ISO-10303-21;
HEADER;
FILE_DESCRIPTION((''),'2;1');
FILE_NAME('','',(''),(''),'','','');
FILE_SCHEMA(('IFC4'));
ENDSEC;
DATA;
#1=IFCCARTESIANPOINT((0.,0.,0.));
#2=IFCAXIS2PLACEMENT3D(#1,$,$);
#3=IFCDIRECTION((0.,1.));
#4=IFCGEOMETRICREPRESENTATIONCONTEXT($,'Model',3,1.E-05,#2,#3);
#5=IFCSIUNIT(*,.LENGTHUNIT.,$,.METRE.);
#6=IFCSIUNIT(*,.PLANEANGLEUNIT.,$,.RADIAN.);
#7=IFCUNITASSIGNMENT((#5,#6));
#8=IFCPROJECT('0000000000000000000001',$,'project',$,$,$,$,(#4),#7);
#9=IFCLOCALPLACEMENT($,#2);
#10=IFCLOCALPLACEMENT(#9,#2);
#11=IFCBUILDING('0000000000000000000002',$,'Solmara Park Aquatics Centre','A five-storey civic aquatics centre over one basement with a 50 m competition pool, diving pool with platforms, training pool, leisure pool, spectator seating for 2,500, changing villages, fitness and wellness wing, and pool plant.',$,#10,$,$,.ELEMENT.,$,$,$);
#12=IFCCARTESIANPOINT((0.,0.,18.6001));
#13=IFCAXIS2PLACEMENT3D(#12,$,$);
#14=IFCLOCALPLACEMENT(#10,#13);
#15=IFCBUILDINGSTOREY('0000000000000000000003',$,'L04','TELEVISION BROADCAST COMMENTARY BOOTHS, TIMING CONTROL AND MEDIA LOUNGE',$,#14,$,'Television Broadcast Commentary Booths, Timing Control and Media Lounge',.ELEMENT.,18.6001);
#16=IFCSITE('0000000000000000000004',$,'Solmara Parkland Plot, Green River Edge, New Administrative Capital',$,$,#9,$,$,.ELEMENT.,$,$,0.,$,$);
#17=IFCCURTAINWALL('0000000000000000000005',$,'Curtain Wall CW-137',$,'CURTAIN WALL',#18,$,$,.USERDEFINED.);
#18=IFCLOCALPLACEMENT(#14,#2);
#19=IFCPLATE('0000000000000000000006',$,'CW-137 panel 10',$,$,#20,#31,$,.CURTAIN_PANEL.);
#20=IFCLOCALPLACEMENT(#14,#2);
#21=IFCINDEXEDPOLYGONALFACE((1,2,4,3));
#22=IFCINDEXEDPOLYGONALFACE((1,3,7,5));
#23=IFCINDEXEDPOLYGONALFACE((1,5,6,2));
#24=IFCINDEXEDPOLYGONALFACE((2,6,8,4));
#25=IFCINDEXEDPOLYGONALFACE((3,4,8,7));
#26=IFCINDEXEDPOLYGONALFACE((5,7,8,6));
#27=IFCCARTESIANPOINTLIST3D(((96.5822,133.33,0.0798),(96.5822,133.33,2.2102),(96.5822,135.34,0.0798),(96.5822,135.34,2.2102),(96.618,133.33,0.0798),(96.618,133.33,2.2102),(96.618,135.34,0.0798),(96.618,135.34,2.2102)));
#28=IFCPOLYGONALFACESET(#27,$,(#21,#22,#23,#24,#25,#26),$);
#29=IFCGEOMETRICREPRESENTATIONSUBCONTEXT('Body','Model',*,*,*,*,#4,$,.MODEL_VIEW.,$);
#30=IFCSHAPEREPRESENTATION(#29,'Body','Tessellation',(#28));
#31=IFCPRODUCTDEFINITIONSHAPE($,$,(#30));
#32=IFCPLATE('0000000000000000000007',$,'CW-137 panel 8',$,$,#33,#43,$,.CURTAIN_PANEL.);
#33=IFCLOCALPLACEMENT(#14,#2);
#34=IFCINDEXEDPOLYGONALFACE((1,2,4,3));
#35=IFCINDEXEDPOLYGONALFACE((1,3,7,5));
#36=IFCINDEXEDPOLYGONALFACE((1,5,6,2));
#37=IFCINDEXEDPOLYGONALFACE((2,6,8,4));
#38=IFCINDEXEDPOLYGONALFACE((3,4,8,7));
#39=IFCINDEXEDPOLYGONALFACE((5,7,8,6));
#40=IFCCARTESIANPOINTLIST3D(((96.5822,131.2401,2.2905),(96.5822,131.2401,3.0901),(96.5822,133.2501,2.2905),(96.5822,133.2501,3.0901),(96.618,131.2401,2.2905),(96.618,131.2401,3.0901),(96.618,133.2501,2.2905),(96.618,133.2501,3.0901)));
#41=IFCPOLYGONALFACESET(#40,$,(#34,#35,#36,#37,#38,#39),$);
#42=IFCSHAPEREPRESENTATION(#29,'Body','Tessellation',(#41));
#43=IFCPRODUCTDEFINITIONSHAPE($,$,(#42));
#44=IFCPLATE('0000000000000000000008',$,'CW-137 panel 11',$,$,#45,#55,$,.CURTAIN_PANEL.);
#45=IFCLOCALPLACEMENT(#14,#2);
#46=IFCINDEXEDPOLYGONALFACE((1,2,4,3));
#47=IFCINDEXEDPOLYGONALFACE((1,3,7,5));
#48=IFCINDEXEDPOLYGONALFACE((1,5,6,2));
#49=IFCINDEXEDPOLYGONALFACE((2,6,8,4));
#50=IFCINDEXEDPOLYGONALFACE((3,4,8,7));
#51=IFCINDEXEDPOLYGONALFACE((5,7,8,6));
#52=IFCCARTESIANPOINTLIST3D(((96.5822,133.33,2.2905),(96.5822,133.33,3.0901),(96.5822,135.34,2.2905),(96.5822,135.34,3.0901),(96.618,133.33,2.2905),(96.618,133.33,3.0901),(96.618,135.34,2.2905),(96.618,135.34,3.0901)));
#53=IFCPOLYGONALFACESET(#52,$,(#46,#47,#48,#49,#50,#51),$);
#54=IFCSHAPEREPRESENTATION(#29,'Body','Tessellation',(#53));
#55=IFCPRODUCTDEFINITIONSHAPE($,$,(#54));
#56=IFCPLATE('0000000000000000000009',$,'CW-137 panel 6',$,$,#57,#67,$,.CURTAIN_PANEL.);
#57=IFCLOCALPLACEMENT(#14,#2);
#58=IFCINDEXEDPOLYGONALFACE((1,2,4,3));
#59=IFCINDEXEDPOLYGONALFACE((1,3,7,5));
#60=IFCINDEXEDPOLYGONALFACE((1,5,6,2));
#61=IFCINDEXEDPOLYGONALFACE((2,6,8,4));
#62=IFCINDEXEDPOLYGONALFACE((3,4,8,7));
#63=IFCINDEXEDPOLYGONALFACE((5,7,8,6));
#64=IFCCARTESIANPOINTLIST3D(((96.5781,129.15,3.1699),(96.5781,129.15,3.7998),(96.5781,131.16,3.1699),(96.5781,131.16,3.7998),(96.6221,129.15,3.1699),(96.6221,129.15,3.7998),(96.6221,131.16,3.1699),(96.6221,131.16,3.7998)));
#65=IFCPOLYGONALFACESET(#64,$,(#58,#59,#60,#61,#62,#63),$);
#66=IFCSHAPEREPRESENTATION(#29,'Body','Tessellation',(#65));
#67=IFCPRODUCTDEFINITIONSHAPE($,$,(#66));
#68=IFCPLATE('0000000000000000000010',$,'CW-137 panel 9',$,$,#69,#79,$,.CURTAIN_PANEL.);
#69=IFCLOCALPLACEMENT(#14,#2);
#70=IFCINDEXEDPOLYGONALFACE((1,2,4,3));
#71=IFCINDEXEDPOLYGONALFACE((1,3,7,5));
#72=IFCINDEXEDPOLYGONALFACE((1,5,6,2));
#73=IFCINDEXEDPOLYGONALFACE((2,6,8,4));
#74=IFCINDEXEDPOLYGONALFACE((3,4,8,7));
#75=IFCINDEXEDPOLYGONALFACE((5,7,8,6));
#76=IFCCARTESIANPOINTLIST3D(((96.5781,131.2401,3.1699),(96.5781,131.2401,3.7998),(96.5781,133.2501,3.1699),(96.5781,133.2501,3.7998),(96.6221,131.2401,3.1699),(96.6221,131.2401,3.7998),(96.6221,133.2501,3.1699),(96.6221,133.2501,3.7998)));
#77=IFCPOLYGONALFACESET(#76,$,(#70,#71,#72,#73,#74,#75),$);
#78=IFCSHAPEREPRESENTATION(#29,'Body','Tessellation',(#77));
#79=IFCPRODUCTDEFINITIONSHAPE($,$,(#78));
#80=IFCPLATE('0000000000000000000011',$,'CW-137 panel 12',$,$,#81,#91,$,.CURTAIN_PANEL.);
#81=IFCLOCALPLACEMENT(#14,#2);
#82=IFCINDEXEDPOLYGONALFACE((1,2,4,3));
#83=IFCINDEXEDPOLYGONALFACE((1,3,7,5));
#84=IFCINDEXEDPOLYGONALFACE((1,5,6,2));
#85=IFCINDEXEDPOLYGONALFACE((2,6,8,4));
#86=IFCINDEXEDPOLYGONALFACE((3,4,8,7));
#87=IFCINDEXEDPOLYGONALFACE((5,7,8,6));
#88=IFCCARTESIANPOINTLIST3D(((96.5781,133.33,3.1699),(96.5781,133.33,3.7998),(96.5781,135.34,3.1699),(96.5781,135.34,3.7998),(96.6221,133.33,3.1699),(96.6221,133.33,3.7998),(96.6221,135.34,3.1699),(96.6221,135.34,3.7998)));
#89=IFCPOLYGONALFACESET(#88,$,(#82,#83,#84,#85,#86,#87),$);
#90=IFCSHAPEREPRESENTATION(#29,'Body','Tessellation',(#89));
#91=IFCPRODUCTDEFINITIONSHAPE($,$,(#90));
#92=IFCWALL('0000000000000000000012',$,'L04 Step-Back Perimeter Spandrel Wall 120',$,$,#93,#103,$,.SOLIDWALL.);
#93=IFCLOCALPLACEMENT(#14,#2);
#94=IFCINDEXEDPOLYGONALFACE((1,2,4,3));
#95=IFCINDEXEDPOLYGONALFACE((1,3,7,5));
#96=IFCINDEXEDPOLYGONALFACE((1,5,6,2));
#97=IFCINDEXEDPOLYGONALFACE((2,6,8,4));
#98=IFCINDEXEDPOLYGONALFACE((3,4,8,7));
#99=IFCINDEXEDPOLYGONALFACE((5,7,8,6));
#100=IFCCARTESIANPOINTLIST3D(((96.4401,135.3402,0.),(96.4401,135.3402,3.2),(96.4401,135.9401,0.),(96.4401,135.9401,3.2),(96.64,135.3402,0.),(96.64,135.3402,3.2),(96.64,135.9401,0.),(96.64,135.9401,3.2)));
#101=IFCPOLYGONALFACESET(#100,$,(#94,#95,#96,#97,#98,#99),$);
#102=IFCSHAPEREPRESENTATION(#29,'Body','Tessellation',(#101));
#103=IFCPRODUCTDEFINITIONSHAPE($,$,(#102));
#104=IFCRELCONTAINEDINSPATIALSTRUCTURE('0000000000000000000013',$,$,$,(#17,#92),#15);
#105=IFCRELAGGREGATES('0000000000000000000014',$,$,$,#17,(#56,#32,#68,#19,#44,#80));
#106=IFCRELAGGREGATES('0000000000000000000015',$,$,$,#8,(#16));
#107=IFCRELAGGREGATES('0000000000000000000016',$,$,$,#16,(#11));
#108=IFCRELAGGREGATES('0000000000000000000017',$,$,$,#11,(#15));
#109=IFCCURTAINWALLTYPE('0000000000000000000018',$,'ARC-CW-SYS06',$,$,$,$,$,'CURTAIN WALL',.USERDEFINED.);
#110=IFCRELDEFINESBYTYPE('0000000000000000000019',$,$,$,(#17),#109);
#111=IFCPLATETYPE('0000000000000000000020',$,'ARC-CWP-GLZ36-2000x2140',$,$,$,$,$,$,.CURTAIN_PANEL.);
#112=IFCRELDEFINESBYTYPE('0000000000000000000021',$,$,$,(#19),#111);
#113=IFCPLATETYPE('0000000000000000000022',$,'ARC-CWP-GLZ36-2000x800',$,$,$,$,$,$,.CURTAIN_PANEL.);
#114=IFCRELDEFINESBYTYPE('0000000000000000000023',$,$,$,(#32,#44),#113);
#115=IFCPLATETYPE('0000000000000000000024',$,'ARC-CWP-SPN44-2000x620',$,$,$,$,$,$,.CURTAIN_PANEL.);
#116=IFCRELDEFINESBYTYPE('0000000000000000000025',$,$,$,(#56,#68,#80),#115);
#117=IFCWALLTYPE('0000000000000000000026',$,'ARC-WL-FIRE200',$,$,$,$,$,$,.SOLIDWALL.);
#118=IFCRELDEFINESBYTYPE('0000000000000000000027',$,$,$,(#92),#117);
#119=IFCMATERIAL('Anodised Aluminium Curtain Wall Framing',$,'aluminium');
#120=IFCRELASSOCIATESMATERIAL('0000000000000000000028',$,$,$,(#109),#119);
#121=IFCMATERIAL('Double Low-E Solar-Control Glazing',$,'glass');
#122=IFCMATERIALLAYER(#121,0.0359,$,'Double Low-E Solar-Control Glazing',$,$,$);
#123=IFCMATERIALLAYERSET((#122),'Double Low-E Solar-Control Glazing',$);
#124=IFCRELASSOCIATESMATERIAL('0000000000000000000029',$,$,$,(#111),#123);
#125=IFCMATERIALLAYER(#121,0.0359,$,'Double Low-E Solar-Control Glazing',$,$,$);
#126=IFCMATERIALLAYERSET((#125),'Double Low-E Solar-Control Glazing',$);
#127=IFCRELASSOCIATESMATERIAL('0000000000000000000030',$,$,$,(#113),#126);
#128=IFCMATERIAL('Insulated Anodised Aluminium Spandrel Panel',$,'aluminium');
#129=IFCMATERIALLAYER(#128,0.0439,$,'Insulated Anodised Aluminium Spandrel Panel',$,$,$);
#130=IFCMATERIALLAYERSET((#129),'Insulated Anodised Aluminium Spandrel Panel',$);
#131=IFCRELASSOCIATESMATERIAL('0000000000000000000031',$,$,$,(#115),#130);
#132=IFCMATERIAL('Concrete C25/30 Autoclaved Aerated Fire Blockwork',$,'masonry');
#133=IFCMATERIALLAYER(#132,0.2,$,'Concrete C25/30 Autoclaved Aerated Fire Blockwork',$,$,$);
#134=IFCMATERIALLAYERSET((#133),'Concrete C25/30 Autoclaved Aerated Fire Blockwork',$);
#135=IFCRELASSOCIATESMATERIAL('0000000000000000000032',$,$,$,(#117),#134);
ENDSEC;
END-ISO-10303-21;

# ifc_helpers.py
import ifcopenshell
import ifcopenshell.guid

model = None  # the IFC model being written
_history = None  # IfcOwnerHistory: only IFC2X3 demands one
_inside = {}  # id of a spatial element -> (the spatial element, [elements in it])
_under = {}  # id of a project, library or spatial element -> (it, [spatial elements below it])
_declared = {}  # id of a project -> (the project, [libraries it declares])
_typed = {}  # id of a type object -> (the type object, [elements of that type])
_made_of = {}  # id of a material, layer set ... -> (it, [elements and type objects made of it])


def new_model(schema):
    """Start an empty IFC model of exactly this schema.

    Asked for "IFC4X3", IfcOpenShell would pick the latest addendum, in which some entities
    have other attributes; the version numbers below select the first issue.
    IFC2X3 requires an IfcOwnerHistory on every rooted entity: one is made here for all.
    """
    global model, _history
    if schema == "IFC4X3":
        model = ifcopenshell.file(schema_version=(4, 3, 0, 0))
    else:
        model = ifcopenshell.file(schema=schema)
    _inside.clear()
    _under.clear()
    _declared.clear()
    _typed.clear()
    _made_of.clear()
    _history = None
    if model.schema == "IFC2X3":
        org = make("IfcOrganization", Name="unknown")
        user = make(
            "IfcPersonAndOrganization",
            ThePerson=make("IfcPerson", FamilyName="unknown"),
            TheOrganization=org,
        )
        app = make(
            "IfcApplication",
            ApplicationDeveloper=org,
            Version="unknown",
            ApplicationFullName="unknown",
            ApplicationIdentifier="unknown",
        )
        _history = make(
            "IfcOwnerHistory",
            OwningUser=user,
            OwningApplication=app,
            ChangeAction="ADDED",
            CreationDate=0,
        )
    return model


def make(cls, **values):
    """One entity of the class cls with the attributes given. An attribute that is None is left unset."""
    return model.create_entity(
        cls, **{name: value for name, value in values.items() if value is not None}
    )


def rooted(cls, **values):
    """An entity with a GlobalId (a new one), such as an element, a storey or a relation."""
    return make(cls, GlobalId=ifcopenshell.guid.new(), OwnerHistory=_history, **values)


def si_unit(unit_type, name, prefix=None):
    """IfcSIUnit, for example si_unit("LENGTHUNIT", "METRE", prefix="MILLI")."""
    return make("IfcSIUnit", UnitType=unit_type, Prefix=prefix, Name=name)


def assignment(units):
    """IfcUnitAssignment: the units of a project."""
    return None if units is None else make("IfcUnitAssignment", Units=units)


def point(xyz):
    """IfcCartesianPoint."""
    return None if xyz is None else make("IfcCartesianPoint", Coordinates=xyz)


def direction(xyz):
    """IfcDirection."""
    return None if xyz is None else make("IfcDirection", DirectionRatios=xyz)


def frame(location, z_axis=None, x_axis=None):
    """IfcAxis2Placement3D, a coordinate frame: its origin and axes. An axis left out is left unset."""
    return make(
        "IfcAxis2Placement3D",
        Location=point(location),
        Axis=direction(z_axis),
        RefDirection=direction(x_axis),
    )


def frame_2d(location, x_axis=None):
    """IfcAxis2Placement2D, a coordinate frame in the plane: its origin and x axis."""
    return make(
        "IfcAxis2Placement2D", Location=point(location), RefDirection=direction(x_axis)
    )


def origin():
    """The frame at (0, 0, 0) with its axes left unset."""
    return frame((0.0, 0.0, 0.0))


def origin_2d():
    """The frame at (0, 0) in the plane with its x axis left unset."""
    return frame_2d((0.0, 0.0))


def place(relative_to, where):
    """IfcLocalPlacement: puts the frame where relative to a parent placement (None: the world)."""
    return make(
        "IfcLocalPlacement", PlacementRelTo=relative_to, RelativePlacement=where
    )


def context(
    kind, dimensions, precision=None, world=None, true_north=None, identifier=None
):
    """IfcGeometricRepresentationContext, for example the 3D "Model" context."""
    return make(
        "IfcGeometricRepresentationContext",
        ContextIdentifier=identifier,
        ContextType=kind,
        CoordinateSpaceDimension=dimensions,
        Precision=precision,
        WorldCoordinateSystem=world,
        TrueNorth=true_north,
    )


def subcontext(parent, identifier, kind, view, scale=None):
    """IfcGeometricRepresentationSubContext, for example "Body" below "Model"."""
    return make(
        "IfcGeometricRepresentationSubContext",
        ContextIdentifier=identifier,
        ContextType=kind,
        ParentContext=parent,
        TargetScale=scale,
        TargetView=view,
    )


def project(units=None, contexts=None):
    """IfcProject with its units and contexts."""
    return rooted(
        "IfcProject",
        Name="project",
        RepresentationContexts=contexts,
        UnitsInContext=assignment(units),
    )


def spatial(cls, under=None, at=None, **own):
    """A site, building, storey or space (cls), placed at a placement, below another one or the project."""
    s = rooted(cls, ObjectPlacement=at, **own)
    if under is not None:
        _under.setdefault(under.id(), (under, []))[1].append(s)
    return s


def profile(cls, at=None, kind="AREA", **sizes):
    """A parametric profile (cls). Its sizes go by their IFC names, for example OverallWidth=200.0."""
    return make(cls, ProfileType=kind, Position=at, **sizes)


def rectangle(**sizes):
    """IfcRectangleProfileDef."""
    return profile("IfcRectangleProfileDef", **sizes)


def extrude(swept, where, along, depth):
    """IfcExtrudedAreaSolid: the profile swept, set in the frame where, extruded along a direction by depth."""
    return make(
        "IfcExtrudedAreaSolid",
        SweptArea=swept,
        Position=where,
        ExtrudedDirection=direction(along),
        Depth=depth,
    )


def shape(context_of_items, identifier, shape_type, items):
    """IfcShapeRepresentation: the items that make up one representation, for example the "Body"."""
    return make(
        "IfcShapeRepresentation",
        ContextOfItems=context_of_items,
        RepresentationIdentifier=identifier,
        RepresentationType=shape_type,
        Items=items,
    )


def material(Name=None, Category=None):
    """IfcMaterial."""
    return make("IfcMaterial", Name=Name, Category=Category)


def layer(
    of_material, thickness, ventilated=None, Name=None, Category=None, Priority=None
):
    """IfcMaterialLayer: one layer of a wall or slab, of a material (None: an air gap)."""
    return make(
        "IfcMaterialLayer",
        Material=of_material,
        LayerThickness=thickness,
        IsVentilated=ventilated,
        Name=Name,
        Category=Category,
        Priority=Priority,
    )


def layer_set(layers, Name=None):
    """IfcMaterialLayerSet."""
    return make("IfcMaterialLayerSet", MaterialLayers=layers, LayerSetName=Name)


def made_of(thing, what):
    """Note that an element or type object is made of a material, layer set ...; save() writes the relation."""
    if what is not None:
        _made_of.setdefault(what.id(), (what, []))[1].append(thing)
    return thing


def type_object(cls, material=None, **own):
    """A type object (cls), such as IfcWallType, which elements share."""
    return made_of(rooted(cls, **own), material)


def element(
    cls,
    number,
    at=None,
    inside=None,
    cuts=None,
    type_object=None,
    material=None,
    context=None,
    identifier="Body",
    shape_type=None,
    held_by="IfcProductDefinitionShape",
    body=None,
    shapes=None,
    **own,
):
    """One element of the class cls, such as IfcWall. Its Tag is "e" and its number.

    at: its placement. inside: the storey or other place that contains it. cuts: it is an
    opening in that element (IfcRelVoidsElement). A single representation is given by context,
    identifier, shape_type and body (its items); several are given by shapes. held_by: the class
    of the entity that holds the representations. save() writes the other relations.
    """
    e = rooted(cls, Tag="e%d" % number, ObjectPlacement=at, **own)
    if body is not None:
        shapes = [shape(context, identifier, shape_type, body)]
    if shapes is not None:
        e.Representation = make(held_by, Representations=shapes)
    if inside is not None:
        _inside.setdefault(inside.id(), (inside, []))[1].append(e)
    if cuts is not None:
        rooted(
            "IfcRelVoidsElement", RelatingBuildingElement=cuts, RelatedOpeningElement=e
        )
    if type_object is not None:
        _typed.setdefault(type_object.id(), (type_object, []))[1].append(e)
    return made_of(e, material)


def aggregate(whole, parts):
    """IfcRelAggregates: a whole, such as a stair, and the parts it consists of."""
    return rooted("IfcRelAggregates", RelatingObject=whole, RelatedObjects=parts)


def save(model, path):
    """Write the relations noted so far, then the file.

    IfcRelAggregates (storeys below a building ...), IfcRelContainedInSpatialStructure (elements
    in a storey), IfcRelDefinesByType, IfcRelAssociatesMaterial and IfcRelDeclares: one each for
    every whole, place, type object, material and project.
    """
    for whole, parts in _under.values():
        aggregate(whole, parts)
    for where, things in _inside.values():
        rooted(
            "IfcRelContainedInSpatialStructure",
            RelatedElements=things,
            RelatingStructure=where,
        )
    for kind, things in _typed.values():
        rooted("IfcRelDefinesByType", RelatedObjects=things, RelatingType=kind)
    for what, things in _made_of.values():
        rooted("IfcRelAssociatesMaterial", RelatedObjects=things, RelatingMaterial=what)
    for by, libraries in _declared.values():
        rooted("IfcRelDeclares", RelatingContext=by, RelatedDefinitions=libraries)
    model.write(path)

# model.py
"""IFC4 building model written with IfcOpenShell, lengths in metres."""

from ifc_helpers import new_model, si_unit, direction, frame, frame_2d, origin, origin_2d, place, context, subcontext, project, spatial, rectangle, extrude, material, layer, layer_set, type_object, element, aggregate, save


model = new_model("IFC4")

# Units and contexts
model_context = context("Model", 3, precision=1e-05, world=origin(), true_north=direction((0.0, 1.0)))
body_context = subcontext(model_context, "Body", "Model", "MODEL_VIEW")
ifc_project = project(units=[si_unit("LENGTHUNIT", "METRE"), si_unit("PLANEANGLEUNIT", "RADIAN")], contexts=[model_context])

# Site, building, storey
site_placement = place(None, origin())
site = spatial("IfcSite", under=ifc_project, at=site_placement, Name="Solmara Parkland Plot, Green River Edge, New Administrative Capital", CompositionType="ELEMENT", RefElevation=0.0)
building_placement = place(site_placement, origin())
building = spatial("IfcBuilding", under=site, at=building_placement, Name="Solmara Park Aquatics Centre", Description="A five-storey civic aquatics centre over one basement with a 50 m competition pool, diving pool with platforms, training pool, leisure pool, spectator seating for 2,500, changing villages, fitness and wellness wing, and pool plant.", CompositionType="ELEMENT")
storey_placement = place(building_placement, frame((0.0, 0.0, 18.6001)))
storey = spatial("IfcBuildingStorey", under=building, at=storey_placement, Name="L04", Description="TELEVISION BROADCAST COMMENTARY BOOTHS, TIMING CONTROL AND MEDIA LOUNGE", LongName="Television Broadcast Commentary Booths, Timing Control and Media Lounge", CompositionType="ELEMENT", Elevation=18.6001)

# Shared definitions
ifc_material_1 = material(Name="Anodised Aluminium Curtain Wall Framing", Category="aluminium")

# Curtain wall, plates
curtain_wall_type_1 = type_object("IfcCurtainWallType", Name="ARC-CW-SYS06", ElementType="CURTAIN WALL", PredefinedType="USERDEFINED", material=ifc_material_1)
curtain_wall_1_placement = place(storey_placement, origin())
curtain_wall_1 = element("IfcCurtainWall", 1, at=curtain_wall_1_placement, inside=storey, type_object=curtain_wall_type_1, Name="Curtain Wall CW-137", ObjectType="CURTAIN WALL", PredefinedType="USERDEFINED")
ifc_material_2 = material(Name="Double Low-E Solar-Control Glazing", Category="glass")
ifc_layer_1 = layer(ifc_material_2, 0.0359, Name="Double Low-E Solar-Control Glazing")
ifc_layer_set_1 = layer_set([ifc_layer_1], Name="Double Low-E Solar-Control Glazing")
plate_type_1 = type_object("IfcPlateType", Name="ARC-CWP-GLZ36-2000x2140", PredefinedType="CURTAIN_PANEL", material=ifc_layer_set_1)
plate_1_placement = place(storey_placement, frame((96.6001, 134.335, 0.0798), z_axis=(0.0, 0.0, 1.0), x_axis=(0.0, 1.0, 0.0)))
plate_1 = element("IfcPlate", 2, at=plate_1_placement, type_object=plate_type_1, Name="CW-137 panel 10", PredefinedType="CURTAIN_PANEL", context=body_context, shape_type="SweptSolid", body=[
    extrude(rectangle(XDim=2.01, YDim=0.0359, at=origin_2d()), origin(), (0.0, 0.0, 1.0), 2.1304),
])
ifc_layer_2 = layer(ifc_material_2, 0.0359, Name="Double Low-E Solar-Control Glazing")
ifc_layer_set_2 = layer_set([ifc_layer_2], Name="Double Low-E Solar-Control Glazing")
plate_type_2 = type_object("IfcPlateType", Name="ARC-CWP-GLZ36-2000x800", PredefinedType="CURTAIN_PANEL", material=ifc_layer_set_2)
plate_2_placement = place(storey_placement, frame((96.6001, 132.2451, 2.2905), z_axis=(0.0, 0.0, 1.0), x_axis=(0.0, 1.0, 0.0)))
plate_2 = element("IfcPlate", 3, at=plate_2_placement, type_object=plate_type_2, Name="CW-137 panel 8", PredefinedType="CURTAIN_PANEL", context=body_context, shape_type="SweptSolid", body=[
    extrude(rectangle(XDim=2.01, YDim=0.0359, at=origin_2d()), origin(), (0.0, 0.0, 1.0), 0.7996),
])
plate_3_placement = place(storey_placement, frame((96.6001, 134.335, 2.2905), z_axis=(0.0, 0.0, 1.0), x_axis=(0.0, 1.0, 0.0)))
plate_3 = element("IfcPlate", 4, at=plate_3_placement, type_object=plate_type_2, Name="CW-137 panel 11", PredefinedType="CURTAIN_PANEL", context=body_context, shape_type="SweptSolid", body=[
    extrude(rectangle(XDim=2.01, YDim=0.0359, at=origin_2d()), origin(), (0.0, 0.0, 1.0), 0.7996),
])
ifc_material_3 = material(Name="Insulated Anodised Aluminium Spandrel Panel", Category="aluminium")
ifc_layer_3 = layer(ifc_material_3, 0.0439, Name="Insulated Anodised Aluminium Spandrel Panel")
ifc_layer_set_3 = layer_set([ifc_layer_3], Name="Insulated Anodised Aluminium Spandrel Panel")
plate_type_3 = type_object("IfcPlateType", Name="ARC-CWP-SPN44-2000x620", PredefinedType="CURTAIN_PANEL", material=ifc_layer_set_3)
plate_4_placement = place(storey_placement, frame((96.6001, 130.155, 3.1699), z_axis=(0.0, 0.0, 1.0), x_axis=(0.0, 1.0, 0.0)))
plate_4 = element("IfcPlate", 5, at=plate_4_placement, type_object=plate_type_3, Name="CW-137 panel 6", PredefinedType="CURTAIN_PANEL", context=body_context, shape_type="SweptSolid", body=[
    extrude(rectangle(XDim=2.01, YDim=0.0439, at=origin_2d()), origin(), (0.0, 0.0, 1.0), 0.6299),
])
plate_5_placement = place(storey_placement, frame((96.6001, 132.2451, 3.1699), z_axis=(0.0, 0.0, 1.0), x_axis=(0.0, 1.0, 0.0)))
plate_5 = element("IfcPlate", 6, at=plate_5_placement, type_object=plate_type_3, Name="CW-137 panel 9", PredefinedType="CURTAIN_PANEL", context=body_context, shape_type="SweptSolid", body=[
    extrude(rectangle(XDim=2.01, YDim=0.0439, at=origin_2d()), origin(), (0.0, 0.0, 1.0), 0.6299),
])
plate_6_placement = place(storey_placement, frame((96.6001, 134.335, 3.1699), z_axis=(0.0, 0.0, 1.0), x_axis=(0.0, 1.0, 0.0)))
plate_6 = element("IfcPlate", 7, at=plate_6_placement, type_object=plate_type_3, Name="CW-137 panel 12", PredefinedType="CURTAIN_PANEL", context=body_context, shape_type="SweptSolid", body=[
    extrude(rectangle(XDim=2.01, YDim=0.0439, at=origin_2d()), origin(), (0.0, 0.0, 1.0), 0.6299),
])
aggregate(curtain_wall_1, [plate_4, plate_2, plate_5, plate_1, plate_3, plate_6])

# Wall
ifc_material_4 = material(Name="Concrete C25/30 Autoclaved Aerated Fire Blockwork", Category="masonry")
ifc_layer_4 = layer(ifc_material_4, 0.2, Name="Concrete C25/30 Autoclaved Aerated Fire Blockwork")
ifc_layer_set_4 = layer_set([ifc_layer_4], Name="Concrete C25/30 Autoclaved Aerated Fire Blockwork")
wall_type = type_object("IfcWallType", Name="ARC-WL-FIRE200", PredefinedType="SOLIDWALL", material=ifc_layer_set_4)
wall_placement = place(storey_placement, frame((96.54, 135.9399, 0.0), z_axis=(0.0, 0.0, 1.0), x_axis=(0.0, -1.0, 0.0)))
element("IfcWall", 8, at=wall_placement, inside=storey, type_object=wall_type, Name="L04 Step-Back Perimeter Spandrel Wall 120", PredefinedType="SOLIDWALL", context=body_context, shape_type="SweptSolid", body=[
    extrude(rectangle(XDim=0.5999, YDim=0.2, at=frame_2d((0.2998, 0.0))), origin(), (0.0, 0.0, 1.0), 3.2),
])

save(model, "model.ifc")
